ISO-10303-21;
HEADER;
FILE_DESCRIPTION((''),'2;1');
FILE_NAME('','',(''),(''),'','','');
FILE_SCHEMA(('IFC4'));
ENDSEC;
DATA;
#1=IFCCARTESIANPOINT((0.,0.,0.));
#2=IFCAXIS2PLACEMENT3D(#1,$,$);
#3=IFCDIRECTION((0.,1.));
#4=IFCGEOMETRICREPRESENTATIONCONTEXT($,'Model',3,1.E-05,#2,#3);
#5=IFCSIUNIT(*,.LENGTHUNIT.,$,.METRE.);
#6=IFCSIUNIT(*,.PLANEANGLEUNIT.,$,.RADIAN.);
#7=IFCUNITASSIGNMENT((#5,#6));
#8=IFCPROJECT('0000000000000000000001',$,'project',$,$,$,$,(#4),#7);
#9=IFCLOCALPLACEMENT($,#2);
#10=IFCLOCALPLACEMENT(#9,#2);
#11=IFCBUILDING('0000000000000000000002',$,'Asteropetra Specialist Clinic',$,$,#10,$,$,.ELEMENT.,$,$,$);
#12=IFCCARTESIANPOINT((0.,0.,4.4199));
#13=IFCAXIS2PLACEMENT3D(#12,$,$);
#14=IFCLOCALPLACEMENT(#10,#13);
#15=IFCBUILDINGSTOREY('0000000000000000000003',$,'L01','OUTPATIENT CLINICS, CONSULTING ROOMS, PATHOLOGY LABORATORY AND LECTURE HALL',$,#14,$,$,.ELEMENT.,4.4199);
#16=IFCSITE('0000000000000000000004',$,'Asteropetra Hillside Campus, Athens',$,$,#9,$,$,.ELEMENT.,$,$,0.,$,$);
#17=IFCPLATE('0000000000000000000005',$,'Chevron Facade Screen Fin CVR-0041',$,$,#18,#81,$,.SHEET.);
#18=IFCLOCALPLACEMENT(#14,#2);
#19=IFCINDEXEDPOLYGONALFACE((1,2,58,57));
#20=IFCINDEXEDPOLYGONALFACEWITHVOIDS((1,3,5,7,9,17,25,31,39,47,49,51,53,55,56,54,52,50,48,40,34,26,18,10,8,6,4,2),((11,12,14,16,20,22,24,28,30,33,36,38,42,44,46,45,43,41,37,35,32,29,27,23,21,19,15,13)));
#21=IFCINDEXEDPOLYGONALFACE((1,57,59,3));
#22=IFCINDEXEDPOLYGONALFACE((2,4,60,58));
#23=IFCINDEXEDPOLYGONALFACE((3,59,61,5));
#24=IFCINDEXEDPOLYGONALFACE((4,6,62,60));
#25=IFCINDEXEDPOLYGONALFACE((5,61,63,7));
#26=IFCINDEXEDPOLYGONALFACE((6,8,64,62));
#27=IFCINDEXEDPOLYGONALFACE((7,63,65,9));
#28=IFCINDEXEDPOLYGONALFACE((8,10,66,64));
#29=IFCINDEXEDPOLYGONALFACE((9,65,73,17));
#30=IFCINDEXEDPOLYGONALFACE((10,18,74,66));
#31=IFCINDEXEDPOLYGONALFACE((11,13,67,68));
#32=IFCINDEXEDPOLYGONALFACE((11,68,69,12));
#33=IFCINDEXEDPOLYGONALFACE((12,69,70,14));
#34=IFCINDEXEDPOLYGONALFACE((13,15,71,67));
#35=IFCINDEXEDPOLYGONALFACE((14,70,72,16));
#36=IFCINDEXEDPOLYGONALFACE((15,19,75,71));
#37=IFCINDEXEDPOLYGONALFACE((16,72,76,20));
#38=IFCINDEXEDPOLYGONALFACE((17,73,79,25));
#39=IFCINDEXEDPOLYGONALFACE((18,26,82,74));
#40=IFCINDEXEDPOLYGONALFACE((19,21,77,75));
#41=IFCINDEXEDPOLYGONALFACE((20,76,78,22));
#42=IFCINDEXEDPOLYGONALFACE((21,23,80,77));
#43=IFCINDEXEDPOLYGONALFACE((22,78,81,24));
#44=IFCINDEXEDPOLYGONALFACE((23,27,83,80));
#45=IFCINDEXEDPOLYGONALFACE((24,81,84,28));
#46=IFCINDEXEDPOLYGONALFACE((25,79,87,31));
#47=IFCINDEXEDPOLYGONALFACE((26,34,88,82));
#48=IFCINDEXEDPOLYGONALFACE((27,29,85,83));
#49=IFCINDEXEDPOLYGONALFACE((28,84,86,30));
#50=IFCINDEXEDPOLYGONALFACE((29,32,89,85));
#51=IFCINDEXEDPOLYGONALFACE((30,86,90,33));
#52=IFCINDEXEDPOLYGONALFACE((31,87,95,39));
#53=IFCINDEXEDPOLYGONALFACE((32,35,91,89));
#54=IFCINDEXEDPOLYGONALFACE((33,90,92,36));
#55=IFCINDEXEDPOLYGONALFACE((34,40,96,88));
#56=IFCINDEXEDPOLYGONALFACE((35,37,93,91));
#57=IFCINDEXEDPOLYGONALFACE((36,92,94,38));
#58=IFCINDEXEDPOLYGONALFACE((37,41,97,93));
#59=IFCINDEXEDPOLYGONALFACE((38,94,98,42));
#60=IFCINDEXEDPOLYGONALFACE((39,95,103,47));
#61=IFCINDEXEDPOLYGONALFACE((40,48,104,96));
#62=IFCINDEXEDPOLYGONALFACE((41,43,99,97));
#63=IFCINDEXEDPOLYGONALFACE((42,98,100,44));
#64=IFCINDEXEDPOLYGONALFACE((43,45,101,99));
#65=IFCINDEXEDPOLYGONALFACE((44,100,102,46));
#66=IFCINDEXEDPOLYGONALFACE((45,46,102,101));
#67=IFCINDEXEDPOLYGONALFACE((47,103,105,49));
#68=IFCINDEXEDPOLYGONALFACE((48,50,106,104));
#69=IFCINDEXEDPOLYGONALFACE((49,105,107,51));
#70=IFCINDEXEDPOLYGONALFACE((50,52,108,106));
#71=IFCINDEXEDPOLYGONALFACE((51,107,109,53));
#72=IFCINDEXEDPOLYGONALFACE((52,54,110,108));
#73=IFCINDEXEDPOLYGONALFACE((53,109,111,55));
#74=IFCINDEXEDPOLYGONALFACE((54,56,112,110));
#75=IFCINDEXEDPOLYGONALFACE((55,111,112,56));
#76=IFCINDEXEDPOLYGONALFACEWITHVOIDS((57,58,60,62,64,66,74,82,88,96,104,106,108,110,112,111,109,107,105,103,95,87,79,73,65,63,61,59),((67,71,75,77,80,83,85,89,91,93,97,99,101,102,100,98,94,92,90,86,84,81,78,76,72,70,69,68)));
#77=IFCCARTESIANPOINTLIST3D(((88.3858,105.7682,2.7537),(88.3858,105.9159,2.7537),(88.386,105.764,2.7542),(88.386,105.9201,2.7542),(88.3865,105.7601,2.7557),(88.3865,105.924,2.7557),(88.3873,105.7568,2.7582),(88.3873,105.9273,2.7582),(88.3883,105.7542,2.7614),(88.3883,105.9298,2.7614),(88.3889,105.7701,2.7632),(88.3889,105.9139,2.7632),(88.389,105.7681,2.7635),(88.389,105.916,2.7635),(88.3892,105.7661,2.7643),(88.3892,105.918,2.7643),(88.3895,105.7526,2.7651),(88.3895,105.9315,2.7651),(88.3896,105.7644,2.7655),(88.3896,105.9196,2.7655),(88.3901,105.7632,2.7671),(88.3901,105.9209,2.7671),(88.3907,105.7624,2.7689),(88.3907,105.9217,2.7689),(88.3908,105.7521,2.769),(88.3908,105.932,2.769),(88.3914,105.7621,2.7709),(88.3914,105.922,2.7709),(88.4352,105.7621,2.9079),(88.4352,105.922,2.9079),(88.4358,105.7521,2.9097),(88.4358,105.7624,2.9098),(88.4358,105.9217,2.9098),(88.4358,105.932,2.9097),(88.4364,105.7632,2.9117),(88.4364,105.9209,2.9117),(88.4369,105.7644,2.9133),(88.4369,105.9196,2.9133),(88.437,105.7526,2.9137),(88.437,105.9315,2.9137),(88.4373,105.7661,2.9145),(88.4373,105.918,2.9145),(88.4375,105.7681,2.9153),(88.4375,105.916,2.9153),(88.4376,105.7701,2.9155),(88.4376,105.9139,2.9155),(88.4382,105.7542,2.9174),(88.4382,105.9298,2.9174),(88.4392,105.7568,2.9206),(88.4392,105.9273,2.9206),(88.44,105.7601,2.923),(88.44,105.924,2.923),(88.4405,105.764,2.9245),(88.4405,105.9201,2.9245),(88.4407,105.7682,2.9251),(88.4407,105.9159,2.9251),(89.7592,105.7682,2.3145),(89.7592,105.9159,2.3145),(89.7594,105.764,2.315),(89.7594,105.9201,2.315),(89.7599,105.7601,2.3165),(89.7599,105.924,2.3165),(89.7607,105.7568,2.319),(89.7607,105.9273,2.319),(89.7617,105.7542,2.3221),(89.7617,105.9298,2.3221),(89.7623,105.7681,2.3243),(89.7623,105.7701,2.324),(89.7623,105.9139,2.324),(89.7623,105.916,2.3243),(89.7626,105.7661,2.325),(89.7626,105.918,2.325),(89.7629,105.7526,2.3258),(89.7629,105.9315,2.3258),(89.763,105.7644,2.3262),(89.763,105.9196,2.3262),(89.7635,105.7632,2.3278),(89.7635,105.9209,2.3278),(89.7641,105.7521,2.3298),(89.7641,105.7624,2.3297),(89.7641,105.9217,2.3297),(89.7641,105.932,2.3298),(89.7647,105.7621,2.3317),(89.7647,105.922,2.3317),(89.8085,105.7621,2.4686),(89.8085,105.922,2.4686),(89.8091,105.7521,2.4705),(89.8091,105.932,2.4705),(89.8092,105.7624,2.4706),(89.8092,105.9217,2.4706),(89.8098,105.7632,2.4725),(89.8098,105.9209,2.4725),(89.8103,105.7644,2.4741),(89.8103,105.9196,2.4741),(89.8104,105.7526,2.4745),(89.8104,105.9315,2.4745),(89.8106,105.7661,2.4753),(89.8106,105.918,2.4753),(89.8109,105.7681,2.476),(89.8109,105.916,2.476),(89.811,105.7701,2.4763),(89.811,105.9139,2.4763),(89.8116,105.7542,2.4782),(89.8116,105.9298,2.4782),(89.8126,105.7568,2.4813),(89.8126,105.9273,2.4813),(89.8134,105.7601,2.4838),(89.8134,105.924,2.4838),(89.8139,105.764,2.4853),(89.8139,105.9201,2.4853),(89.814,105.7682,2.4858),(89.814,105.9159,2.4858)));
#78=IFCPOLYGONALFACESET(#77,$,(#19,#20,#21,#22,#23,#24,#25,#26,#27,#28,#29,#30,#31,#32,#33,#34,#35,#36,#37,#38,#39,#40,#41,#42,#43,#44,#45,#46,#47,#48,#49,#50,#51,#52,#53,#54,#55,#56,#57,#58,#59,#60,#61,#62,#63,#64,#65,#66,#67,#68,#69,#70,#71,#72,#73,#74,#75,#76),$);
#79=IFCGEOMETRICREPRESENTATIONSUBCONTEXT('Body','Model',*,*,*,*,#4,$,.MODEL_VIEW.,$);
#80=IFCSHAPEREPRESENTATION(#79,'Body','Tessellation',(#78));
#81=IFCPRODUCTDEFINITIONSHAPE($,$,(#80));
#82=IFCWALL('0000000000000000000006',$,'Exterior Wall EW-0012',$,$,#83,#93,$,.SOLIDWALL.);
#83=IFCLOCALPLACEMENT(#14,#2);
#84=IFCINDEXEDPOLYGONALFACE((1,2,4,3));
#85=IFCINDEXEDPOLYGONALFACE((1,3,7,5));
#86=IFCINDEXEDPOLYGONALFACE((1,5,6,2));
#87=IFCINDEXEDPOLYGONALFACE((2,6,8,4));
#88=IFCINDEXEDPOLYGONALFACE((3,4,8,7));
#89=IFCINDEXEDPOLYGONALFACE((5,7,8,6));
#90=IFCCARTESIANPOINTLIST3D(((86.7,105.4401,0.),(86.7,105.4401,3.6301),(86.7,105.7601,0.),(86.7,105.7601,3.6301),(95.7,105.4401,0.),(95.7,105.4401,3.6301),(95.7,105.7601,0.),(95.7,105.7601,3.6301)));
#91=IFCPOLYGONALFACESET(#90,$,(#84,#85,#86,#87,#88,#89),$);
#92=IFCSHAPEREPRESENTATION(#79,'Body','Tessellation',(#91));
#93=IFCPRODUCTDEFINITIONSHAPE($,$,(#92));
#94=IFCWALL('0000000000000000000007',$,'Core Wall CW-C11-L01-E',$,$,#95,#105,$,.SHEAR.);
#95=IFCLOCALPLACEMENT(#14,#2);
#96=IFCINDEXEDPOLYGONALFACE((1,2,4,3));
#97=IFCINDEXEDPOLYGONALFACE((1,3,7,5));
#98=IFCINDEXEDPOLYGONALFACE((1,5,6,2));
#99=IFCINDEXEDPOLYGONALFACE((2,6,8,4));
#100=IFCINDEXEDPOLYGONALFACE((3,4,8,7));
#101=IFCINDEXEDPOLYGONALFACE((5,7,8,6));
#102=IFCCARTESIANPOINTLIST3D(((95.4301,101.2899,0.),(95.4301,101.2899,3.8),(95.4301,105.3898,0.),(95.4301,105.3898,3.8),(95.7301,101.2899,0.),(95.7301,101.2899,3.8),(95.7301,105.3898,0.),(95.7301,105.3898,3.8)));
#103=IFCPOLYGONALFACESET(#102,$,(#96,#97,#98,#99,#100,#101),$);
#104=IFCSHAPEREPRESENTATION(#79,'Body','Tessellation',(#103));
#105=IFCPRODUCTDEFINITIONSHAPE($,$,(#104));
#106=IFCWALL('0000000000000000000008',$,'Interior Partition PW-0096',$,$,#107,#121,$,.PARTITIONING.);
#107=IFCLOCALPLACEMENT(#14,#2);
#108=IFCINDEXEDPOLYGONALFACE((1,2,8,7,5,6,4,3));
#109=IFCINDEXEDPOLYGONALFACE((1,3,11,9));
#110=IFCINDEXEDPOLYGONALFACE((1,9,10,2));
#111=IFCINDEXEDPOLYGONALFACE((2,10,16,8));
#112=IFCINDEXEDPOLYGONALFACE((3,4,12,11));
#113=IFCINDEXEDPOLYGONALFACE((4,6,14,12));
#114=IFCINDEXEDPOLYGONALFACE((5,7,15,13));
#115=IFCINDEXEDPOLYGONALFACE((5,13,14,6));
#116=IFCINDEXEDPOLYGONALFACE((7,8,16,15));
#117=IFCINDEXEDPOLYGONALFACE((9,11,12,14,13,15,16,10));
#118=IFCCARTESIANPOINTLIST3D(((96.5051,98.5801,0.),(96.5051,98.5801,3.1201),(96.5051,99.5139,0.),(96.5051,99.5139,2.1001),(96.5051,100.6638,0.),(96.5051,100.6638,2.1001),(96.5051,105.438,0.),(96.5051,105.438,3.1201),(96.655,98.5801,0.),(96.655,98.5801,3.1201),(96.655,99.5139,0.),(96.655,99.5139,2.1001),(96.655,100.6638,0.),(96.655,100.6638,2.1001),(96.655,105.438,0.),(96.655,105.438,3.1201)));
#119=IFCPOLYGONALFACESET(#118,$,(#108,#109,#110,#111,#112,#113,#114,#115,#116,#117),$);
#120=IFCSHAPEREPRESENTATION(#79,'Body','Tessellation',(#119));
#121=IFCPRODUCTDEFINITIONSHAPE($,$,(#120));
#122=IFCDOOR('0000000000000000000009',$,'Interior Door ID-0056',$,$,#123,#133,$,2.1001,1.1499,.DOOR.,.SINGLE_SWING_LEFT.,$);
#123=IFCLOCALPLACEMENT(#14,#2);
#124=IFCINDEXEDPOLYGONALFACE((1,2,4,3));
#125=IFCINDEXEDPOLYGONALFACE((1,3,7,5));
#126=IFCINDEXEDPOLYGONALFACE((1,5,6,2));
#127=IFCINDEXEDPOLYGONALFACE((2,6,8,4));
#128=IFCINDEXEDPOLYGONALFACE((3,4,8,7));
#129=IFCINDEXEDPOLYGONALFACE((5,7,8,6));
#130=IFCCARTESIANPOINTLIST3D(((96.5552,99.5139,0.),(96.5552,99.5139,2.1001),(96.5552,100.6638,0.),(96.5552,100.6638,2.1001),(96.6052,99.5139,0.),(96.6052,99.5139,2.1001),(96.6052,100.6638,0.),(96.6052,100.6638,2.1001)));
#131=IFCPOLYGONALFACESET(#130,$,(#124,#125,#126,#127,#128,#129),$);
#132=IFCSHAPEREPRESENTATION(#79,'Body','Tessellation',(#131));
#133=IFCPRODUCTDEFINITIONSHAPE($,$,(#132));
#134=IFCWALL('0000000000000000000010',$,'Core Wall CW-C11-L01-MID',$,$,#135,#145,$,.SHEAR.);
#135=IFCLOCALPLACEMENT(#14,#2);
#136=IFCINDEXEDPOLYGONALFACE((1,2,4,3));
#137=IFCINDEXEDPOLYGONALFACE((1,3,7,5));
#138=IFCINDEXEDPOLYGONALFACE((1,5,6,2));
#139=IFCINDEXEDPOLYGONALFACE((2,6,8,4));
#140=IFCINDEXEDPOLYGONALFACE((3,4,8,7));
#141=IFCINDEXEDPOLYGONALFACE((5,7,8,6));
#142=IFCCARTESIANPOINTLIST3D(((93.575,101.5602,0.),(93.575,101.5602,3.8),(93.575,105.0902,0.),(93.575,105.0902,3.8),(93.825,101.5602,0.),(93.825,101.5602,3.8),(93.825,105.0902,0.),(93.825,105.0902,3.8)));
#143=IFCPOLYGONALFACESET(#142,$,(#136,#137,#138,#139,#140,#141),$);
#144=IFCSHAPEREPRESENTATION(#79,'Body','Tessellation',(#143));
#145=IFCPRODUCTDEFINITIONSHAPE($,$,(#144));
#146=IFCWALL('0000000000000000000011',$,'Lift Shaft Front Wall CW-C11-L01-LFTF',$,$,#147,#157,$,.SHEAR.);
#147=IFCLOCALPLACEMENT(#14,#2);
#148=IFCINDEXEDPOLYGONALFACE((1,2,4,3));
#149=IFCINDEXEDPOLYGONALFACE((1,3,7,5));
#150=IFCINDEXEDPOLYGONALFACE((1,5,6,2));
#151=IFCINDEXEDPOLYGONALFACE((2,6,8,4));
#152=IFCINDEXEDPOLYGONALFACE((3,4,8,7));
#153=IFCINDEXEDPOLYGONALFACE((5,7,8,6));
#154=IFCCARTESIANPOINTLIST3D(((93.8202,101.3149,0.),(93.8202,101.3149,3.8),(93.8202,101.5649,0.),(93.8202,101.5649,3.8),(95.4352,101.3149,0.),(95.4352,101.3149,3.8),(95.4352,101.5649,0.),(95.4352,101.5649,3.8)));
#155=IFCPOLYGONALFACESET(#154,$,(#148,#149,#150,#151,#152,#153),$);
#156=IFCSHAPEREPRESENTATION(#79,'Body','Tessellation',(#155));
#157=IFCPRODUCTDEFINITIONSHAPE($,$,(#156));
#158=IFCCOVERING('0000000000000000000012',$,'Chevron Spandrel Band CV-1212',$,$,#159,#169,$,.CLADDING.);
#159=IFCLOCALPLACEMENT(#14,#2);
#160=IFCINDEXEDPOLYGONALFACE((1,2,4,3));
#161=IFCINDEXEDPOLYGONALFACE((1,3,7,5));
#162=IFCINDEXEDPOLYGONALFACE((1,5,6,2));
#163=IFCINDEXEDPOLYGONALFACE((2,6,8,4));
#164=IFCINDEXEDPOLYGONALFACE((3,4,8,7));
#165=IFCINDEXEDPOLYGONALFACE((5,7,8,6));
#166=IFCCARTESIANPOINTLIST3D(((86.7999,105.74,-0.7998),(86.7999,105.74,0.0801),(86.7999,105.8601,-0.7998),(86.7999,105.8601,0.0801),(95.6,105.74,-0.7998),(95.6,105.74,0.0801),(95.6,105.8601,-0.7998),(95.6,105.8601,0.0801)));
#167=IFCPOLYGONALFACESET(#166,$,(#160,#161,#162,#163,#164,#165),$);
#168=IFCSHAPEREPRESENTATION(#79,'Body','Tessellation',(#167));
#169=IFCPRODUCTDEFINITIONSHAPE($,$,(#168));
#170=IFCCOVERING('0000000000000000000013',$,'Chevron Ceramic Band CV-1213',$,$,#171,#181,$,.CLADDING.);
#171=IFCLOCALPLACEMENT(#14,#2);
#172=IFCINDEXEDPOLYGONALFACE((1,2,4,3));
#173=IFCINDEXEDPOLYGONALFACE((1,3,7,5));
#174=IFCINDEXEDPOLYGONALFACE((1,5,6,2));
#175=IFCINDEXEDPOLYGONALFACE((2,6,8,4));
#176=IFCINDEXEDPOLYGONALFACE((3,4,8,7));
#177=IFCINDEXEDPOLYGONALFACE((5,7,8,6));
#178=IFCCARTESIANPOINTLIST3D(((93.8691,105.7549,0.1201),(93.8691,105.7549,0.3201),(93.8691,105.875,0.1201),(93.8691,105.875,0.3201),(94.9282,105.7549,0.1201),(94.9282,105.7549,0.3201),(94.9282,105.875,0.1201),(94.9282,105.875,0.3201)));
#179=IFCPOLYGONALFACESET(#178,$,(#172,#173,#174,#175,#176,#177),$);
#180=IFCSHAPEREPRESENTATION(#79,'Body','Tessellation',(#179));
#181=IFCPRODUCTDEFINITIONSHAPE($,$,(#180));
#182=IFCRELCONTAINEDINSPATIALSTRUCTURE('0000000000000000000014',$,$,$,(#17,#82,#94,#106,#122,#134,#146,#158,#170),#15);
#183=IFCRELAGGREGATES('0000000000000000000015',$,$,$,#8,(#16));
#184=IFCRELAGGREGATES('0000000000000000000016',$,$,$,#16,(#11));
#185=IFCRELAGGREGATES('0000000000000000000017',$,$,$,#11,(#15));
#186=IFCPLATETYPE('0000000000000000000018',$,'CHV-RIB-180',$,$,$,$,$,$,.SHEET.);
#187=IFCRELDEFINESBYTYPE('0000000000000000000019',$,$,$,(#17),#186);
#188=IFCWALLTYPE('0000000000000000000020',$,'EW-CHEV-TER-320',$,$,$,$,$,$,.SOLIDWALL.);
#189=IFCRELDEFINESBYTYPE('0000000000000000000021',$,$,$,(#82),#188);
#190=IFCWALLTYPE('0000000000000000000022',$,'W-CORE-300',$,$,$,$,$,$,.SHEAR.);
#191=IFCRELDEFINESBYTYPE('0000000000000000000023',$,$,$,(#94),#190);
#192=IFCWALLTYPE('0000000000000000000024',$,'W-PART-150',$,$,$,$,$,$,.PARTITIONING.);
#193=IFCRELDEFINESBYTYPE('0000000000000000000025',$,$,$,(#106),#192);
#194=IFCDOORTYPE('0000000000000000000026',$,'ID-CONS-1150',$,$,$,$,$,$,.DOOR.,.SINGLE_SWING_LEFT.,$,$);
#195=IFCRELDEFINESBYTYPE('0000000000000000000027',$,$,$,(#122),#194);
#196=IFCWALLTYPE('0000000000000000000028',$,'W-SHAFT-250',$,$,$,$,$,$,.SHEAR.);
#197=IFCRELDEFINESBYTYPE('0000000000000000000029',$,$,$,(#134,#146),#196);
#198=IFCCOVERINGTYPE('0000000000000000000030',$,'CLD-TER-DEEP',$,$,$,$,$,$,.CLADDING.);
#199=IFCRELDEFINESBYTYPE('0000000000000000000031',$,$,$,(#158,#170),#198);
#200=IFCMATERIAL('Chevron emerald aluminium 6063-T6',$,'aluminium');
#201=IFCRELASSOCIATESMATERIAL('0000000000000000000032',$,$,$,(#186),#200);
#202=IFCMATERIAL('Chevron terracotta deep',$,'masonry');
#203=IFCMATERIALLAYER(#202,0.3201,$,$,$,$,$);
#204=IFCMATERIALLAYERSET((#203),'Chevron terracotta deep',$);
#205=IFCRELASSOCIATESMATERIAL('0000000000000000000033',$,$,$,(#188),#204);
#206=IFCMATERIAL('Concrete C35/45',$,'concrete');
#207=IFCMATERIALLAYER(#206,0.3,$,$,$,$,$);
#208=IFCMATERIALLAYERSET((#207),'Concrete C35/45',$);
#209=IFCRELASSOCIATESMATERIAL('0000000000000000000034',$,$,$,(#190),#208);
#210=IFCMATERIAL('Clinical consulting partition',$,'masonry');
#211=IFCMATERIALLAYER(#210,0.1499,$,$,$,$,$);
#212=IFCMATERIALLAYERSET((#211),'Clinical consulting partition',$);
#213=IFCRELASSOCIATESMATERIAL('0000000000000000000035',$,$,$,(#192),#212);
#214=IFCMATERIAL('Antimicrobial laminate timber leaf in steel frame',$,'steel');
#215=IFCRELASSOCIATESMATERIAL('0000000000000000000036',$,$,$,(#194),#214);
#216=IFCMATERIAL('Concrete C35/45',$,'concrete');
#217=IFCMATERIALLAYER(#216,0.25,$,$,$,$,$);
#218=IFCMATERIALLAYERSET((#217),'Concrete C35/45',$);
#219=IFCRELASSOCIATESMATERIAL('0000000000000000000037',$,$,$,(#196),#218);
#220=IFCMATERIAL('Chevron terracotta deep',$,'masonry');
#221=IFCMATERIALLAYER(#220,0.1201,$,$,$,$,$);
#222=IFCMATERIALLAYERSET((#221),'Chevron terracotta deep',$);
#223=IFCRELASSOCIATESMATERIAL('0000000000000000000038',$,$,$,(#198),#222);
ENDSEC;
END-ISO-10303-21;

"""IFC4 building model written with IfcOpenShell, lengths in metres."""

from ifc_helpers import new_model, si_unit, direction, frame, frame_2d, origin, origin_2d, place, context, subcontext, project, spatial, rectangle, hollow_rectangle, extrude, material, layer, layer_set, material_profile, profile_set, type_object, element, fill, save


model = new_model("IFC4")

# Units and contexts
model_context = context("Model", 3, precision=1e-05, world=origin(), true_north=direction((0.0, 1.0)))
body_context = subcontext(model_context, "Body", "Model", "MODEL_VIEW")
ifc_project = project(units=[si_unit("LENGTHUNIT", "METRE"), si_unit("PLANEANGLEUNIT", "RADIAN")], contexts=[model_context])

# Site, building, storey
site_placement = place(None, origin())
site = spatial("IfcSite", under=ifc_project, at=site_placement, Name="Asteropetra Hillside Campus, Athens", CompositionType="ELEMENT", RefElevation=0.0)
building_placement = place(site_placement, origin())
building = spatial("IfcBuilding", under=site, at=building_placement, Name="Asteropetra Specialist Clinic", CompositionType="ELEMENT")
storey_placement = place(building_placement, frame((0.0, 0.0, 4.4199)))
storey = spatial("IfcBuildingStorey", under=building, at=storey_placement, Name="L01", Description="OUTPATIENT CLINICS, CONSULTING ROOMS, PATHOLOGY LABORATORY AND LECTURE HALL", CompositionType="ELEMENT", Elevation=4.4199)

# Plate
ifc_material_1 = material(Name="Chevron emerald aluminium 6063-T6", Category="aluminium")
ifc_material_profile_1 = material_profile(ifc_material_1, hollow_rectangle(XDim=0.1799, YDim=0.1799, WallThickness=0.01, InnerFilletRadius=0.0081, OuterFilletRadius=0.0161, at=origin_2d()), Name="SHS 180x180x10.0")
ifc_profile_set_1 = profile_set([ifc_material_profile_1], Name="Chevron emerald aluminium 6063-T6")
plate_type = type_object("IfcPlateType", Name="CHV-RIB-180", PredefinedType="SHEET", material=ifc_profile_set_1)
for number, where, z_axis, x_axis, name in (
    (1, (89.7866, 105.842, 2.4001), (-0.952473, 0.0, 0.304622), (0.0, -1.0, 0.0), "Chevron Facade Screen Fin CVR-0041"),
):
    element("IfcPlate", number, at=place(storey_placement, frame(where, z_axis=z_axis, x_axis=x_axis)), inside=storey, type_object=plate_type, Name=name, PredefinedType="SHEET", context=body_context, shape_type="SweptSolid", body=[
        extrude(hollow_rectangle(XDim=0.1799, YDim=0.1799, WallThickness=0.01, InnerFilletRadius=0.0081, OuterFilletRadius=0.0161, at=origin_2d()), origin(), (0.0, 0.0, 1.0), 1.4419),
    ])

# Walls
ifc_material_2 = material(Name="Chevron terracotta deep", Category="masonry")
ifc_layer_1 = layer(ifc_material_2, 0.3201)
ifc_layer_set_1 = layer_set([ifc_layer_1], Name="Chevron terracotta deep")
wall_type_1 = type_object("IfcWallType", Name="EW-CHEV-TER-320", PredefinedType="SOLIDWALL", material=ifc_layer_set_1)
wall_1_placement = place(storey_placement, frame((95.7, 105.6001, 0.0), z_axis=(0.0, 0.0, 1.0), x_axis=(-1.0, 0.0, 0.0)))
element("IfcWall", 2, at=wall_1_placement, inside=storey, type_object=wall_type_1, Name="Exterior Wall EW-0012", PredefinedType="SOLIDWALL", context=body_context, shape_type="SweptSolid", body=[
    extrude(rectangle(XDim=9.0, YDim=0.3201, at=frame_2d((4.5, 0.0))), origin(), (0.0, 0.0, 1.0), 3.6301),
])
ifc_material_3 = material(Name="Concrete C35/45", Category="concrete")
ifc_layer_2 = layer(ifc_material_3, 0.3)
ifc_layer_set_2 = layer_set([ifc_layer_2], Name="Concrete C35/45")
wall_type_2 = type_object("IfcWallType", Name="W-CORE-300", PredefinedType="SHEAR", material=ifc_layer_set_2)
wall_2_placement = place(storey_placement, frame((95.5801, 101.29, 0.0), z_axis=(0.0, 0.0, 1.0), x_axis=(0.0, 1.0, 0.0)))
element("IfcWall", 3, at=wall_2_placement, inside=storey, type_object=wall_type_2, Name="Core Wall CW-C11-L01-E", PredefinedType="SHEAR", context=body_context, shape_type="SweptSolid", body=[
    extrude(rectangle(XDim=4.0999, YDim=0.3, at=frame_2d((2.0498, 0.0))), origin(), (0.0, 0.0, 1.0), 3.8),
])

# Wall, opening, door
ifc_material_4 = material(Name="Clinical consulting partition", Category="masonry")
ifc_layer_3 = layer(ifc_material_4, 0.1499)
ifc_layer_set_3 = layer_set([ifc_layer_3], Name="Clinical consulting partition")
wall_type_3 = type_object("IfcWallType", Name="W-PART-150", PredefinedType="PARTITIONING", material=ifc_layer_set_3)
wall_3_placement = place(storey_placement, frame((96.5801, 98.5801, 0.0), z_axis=(0.0, 0.0, 1.0), x_axis=(0.0, 1.0, 0.0)))
wall_3 = element("IfcWall", 4, at=wall_3_placement, inside=storey, type_object=wall_type_3, Name="Interior Partition PW-0096", PredefinedType="PARTITIONING", context=body_context, shape_type="SweptSolid", body=[
    extrude(rectangle(XDim=6.8579, YDim=0.1499, at=frame_2d((3.429, 0.0))), origin(), (0.0, 0.0, 1.0), 3.1201),
])
opening_placement = place(wall_3_placement, frame((0.9338, 0.0, 0.0)))
opening = element("IfcOpeningElement", 5, at=opening_placement, cuts=wall_3, PredefinedType="OPENING", context=body_context, shape_type="SweptSolid", body=[
    extrude(rectangle(XDim=1.1499, YDim=2.1001, at=frame_2d((0.575, 1.05))), frame((0.0, 0.085, 0.0), z_axis=(0.0, -1.0, 0.0), x_axis=(1.0, 0.0, 0.0)), (0.0, 0.0, 1.0), 0.1699),
])
ifc_material_5 = material(Name="Antimicrobial laminate timber leaf in steel frame", Category="steel")
door_type = type_object("IfcDoorType", Name="ID-CONS-1150", OperationType="SINGLE_SWING_LEFT", PredefinedType="DOOR", material=ifc_material_5)
door_placement = place(opening_placement, origin())
door = element("IfcDoor", 6, at=door_placement, inside=storey, type_object=door_type, Name="Interior Door ID-0056", OperationType="SINGLE_SWING_LEFT", OverallHeight=2.1001, OverallWidth=1.1499, PredefinedType="DOOR", context=body_context, shape_type="SweptSolid", body=[
    extrude(rectangle(XDim=1.1499, YDim=2.1001, at=frame_2d((0.575, 1.05))), frame((0.0, 0.0249, 0.0), z_axis=(0.0, -1.0, 0.0), x_axis=(1.0, 0.0, 0.0)), (0.0, 0.0, 1.0), 0.05),
])
fill(opening, door)

# Walls
ifc_material_6 = material(Name="Concrete C35/45", Category="concrete")
ifc_layer_4 = layer(ifc_material_6, 0.25)
ifc_layer_set_4 = layer_set([ifc_layer_4], Name="Concrete C35/45")
wall_type_4 = type_object("IfcWallType", Name="W-SHAFT-250", PredefinedType="SHEAR", material=ifc_layer_set_4)
wall_4_placement = place(storey_placement, frame((93.7, 101.5601, 0.0), z_axis=(0.0, 0.0, 1.0), x_axis=(0.0, 1.0, 0.0)))
element("IfcWall", 7, at=wall_4_placement, inside=storey, type_object=wall_type_4, Name="Core Wall CW-C11-L01-MID", PredefinedType="SHEAR", context=body_context, shape_type="SweptSolid", body=[
    extrude(rectangle(XDim=3.53, YDim=0.25, at=frame_2d((1.7651, 0.0))), origin(), (0.0, 0.0, 1.0), 3.8),
])
wall_5_placement = place(storey_placement, frame((93.8201, 101.4399, 0.0), z_axis=(0.0, 0.0, 1.0), x_axis=(1.0, 0.0, 0.0)))
element("IfcWall", 8, at=wall_5_placement, inside=storey, type_object=wall_type_4, Name="Lift Shaft Front Wall CW-C11-L01-LFTF", PredefinedType="SHEAR", context=body_context, shape_type="SweptSolid", body=[
    extrude(rectangle(XDim=1.615, YDim=0.25, at=frame_2d((0.8076, 0.0))), origin(), (0.0, 0.0, 1.0), 3.8),
])

# Coverings
ifc_material_7 = material(Name="Chevron terracotta deep", Category="masonry")
ifc_layer_5 = layer(ifc_material_7, 0.1201)
ifc_layer_set_5 = layer_set([ifc_layer_5], Name="Chevron terracotta deep")
covering_type = type_object("IfcCoveringType", Name="CLD-TER-DEEP", PredefinedType="CLADDING", material=ifc_layer_set_5)
covering_placement = place(storey_placement, frame((91.2, 105.8, -0.7998), z_axis=(0.0, 0.0, 1.0), x_axis=(1.0, 0.0, 0.0)))
element("IfcCovering", 9, at=covering_placement, inside=storey, type_object=covering_type, Name="Chevron Spandrel Band CV-1212", PredefinedType="CLADDING", context=body_context, shape_type="SweptSolid", body=[
    extrude(rectangle(XDim=8.8, YDim=0.1201, at=origin_2d()), origin(), (0.0, 0.0, 1.0), 0.8799),
])
for number, where, z_axis, x_axis, name in (
    (10, (94.3987, 105.8149, 0.1201), (0.0, 0.0, 1.0), (1.0, 0.0, 0.0), "Chevron Ceramic Band CV-1213"),
):
    element("IfcCovering", number, at=place(storey_placement, frame(where, z_axis=z_axis, x_axis=x_axis)), inside=storey, type_object=covering_type, Name=name, PredefinedType="CLADDING", context=body_context, shape_type="SweptSolid", body=[
        extrude(rectangle(XDim=1.0591, YDim=0.1201, at=origin_2d()), origin(), (0.0, 0.0, 1.0), 0.2),
    ])

save(model, "model.ifc")
